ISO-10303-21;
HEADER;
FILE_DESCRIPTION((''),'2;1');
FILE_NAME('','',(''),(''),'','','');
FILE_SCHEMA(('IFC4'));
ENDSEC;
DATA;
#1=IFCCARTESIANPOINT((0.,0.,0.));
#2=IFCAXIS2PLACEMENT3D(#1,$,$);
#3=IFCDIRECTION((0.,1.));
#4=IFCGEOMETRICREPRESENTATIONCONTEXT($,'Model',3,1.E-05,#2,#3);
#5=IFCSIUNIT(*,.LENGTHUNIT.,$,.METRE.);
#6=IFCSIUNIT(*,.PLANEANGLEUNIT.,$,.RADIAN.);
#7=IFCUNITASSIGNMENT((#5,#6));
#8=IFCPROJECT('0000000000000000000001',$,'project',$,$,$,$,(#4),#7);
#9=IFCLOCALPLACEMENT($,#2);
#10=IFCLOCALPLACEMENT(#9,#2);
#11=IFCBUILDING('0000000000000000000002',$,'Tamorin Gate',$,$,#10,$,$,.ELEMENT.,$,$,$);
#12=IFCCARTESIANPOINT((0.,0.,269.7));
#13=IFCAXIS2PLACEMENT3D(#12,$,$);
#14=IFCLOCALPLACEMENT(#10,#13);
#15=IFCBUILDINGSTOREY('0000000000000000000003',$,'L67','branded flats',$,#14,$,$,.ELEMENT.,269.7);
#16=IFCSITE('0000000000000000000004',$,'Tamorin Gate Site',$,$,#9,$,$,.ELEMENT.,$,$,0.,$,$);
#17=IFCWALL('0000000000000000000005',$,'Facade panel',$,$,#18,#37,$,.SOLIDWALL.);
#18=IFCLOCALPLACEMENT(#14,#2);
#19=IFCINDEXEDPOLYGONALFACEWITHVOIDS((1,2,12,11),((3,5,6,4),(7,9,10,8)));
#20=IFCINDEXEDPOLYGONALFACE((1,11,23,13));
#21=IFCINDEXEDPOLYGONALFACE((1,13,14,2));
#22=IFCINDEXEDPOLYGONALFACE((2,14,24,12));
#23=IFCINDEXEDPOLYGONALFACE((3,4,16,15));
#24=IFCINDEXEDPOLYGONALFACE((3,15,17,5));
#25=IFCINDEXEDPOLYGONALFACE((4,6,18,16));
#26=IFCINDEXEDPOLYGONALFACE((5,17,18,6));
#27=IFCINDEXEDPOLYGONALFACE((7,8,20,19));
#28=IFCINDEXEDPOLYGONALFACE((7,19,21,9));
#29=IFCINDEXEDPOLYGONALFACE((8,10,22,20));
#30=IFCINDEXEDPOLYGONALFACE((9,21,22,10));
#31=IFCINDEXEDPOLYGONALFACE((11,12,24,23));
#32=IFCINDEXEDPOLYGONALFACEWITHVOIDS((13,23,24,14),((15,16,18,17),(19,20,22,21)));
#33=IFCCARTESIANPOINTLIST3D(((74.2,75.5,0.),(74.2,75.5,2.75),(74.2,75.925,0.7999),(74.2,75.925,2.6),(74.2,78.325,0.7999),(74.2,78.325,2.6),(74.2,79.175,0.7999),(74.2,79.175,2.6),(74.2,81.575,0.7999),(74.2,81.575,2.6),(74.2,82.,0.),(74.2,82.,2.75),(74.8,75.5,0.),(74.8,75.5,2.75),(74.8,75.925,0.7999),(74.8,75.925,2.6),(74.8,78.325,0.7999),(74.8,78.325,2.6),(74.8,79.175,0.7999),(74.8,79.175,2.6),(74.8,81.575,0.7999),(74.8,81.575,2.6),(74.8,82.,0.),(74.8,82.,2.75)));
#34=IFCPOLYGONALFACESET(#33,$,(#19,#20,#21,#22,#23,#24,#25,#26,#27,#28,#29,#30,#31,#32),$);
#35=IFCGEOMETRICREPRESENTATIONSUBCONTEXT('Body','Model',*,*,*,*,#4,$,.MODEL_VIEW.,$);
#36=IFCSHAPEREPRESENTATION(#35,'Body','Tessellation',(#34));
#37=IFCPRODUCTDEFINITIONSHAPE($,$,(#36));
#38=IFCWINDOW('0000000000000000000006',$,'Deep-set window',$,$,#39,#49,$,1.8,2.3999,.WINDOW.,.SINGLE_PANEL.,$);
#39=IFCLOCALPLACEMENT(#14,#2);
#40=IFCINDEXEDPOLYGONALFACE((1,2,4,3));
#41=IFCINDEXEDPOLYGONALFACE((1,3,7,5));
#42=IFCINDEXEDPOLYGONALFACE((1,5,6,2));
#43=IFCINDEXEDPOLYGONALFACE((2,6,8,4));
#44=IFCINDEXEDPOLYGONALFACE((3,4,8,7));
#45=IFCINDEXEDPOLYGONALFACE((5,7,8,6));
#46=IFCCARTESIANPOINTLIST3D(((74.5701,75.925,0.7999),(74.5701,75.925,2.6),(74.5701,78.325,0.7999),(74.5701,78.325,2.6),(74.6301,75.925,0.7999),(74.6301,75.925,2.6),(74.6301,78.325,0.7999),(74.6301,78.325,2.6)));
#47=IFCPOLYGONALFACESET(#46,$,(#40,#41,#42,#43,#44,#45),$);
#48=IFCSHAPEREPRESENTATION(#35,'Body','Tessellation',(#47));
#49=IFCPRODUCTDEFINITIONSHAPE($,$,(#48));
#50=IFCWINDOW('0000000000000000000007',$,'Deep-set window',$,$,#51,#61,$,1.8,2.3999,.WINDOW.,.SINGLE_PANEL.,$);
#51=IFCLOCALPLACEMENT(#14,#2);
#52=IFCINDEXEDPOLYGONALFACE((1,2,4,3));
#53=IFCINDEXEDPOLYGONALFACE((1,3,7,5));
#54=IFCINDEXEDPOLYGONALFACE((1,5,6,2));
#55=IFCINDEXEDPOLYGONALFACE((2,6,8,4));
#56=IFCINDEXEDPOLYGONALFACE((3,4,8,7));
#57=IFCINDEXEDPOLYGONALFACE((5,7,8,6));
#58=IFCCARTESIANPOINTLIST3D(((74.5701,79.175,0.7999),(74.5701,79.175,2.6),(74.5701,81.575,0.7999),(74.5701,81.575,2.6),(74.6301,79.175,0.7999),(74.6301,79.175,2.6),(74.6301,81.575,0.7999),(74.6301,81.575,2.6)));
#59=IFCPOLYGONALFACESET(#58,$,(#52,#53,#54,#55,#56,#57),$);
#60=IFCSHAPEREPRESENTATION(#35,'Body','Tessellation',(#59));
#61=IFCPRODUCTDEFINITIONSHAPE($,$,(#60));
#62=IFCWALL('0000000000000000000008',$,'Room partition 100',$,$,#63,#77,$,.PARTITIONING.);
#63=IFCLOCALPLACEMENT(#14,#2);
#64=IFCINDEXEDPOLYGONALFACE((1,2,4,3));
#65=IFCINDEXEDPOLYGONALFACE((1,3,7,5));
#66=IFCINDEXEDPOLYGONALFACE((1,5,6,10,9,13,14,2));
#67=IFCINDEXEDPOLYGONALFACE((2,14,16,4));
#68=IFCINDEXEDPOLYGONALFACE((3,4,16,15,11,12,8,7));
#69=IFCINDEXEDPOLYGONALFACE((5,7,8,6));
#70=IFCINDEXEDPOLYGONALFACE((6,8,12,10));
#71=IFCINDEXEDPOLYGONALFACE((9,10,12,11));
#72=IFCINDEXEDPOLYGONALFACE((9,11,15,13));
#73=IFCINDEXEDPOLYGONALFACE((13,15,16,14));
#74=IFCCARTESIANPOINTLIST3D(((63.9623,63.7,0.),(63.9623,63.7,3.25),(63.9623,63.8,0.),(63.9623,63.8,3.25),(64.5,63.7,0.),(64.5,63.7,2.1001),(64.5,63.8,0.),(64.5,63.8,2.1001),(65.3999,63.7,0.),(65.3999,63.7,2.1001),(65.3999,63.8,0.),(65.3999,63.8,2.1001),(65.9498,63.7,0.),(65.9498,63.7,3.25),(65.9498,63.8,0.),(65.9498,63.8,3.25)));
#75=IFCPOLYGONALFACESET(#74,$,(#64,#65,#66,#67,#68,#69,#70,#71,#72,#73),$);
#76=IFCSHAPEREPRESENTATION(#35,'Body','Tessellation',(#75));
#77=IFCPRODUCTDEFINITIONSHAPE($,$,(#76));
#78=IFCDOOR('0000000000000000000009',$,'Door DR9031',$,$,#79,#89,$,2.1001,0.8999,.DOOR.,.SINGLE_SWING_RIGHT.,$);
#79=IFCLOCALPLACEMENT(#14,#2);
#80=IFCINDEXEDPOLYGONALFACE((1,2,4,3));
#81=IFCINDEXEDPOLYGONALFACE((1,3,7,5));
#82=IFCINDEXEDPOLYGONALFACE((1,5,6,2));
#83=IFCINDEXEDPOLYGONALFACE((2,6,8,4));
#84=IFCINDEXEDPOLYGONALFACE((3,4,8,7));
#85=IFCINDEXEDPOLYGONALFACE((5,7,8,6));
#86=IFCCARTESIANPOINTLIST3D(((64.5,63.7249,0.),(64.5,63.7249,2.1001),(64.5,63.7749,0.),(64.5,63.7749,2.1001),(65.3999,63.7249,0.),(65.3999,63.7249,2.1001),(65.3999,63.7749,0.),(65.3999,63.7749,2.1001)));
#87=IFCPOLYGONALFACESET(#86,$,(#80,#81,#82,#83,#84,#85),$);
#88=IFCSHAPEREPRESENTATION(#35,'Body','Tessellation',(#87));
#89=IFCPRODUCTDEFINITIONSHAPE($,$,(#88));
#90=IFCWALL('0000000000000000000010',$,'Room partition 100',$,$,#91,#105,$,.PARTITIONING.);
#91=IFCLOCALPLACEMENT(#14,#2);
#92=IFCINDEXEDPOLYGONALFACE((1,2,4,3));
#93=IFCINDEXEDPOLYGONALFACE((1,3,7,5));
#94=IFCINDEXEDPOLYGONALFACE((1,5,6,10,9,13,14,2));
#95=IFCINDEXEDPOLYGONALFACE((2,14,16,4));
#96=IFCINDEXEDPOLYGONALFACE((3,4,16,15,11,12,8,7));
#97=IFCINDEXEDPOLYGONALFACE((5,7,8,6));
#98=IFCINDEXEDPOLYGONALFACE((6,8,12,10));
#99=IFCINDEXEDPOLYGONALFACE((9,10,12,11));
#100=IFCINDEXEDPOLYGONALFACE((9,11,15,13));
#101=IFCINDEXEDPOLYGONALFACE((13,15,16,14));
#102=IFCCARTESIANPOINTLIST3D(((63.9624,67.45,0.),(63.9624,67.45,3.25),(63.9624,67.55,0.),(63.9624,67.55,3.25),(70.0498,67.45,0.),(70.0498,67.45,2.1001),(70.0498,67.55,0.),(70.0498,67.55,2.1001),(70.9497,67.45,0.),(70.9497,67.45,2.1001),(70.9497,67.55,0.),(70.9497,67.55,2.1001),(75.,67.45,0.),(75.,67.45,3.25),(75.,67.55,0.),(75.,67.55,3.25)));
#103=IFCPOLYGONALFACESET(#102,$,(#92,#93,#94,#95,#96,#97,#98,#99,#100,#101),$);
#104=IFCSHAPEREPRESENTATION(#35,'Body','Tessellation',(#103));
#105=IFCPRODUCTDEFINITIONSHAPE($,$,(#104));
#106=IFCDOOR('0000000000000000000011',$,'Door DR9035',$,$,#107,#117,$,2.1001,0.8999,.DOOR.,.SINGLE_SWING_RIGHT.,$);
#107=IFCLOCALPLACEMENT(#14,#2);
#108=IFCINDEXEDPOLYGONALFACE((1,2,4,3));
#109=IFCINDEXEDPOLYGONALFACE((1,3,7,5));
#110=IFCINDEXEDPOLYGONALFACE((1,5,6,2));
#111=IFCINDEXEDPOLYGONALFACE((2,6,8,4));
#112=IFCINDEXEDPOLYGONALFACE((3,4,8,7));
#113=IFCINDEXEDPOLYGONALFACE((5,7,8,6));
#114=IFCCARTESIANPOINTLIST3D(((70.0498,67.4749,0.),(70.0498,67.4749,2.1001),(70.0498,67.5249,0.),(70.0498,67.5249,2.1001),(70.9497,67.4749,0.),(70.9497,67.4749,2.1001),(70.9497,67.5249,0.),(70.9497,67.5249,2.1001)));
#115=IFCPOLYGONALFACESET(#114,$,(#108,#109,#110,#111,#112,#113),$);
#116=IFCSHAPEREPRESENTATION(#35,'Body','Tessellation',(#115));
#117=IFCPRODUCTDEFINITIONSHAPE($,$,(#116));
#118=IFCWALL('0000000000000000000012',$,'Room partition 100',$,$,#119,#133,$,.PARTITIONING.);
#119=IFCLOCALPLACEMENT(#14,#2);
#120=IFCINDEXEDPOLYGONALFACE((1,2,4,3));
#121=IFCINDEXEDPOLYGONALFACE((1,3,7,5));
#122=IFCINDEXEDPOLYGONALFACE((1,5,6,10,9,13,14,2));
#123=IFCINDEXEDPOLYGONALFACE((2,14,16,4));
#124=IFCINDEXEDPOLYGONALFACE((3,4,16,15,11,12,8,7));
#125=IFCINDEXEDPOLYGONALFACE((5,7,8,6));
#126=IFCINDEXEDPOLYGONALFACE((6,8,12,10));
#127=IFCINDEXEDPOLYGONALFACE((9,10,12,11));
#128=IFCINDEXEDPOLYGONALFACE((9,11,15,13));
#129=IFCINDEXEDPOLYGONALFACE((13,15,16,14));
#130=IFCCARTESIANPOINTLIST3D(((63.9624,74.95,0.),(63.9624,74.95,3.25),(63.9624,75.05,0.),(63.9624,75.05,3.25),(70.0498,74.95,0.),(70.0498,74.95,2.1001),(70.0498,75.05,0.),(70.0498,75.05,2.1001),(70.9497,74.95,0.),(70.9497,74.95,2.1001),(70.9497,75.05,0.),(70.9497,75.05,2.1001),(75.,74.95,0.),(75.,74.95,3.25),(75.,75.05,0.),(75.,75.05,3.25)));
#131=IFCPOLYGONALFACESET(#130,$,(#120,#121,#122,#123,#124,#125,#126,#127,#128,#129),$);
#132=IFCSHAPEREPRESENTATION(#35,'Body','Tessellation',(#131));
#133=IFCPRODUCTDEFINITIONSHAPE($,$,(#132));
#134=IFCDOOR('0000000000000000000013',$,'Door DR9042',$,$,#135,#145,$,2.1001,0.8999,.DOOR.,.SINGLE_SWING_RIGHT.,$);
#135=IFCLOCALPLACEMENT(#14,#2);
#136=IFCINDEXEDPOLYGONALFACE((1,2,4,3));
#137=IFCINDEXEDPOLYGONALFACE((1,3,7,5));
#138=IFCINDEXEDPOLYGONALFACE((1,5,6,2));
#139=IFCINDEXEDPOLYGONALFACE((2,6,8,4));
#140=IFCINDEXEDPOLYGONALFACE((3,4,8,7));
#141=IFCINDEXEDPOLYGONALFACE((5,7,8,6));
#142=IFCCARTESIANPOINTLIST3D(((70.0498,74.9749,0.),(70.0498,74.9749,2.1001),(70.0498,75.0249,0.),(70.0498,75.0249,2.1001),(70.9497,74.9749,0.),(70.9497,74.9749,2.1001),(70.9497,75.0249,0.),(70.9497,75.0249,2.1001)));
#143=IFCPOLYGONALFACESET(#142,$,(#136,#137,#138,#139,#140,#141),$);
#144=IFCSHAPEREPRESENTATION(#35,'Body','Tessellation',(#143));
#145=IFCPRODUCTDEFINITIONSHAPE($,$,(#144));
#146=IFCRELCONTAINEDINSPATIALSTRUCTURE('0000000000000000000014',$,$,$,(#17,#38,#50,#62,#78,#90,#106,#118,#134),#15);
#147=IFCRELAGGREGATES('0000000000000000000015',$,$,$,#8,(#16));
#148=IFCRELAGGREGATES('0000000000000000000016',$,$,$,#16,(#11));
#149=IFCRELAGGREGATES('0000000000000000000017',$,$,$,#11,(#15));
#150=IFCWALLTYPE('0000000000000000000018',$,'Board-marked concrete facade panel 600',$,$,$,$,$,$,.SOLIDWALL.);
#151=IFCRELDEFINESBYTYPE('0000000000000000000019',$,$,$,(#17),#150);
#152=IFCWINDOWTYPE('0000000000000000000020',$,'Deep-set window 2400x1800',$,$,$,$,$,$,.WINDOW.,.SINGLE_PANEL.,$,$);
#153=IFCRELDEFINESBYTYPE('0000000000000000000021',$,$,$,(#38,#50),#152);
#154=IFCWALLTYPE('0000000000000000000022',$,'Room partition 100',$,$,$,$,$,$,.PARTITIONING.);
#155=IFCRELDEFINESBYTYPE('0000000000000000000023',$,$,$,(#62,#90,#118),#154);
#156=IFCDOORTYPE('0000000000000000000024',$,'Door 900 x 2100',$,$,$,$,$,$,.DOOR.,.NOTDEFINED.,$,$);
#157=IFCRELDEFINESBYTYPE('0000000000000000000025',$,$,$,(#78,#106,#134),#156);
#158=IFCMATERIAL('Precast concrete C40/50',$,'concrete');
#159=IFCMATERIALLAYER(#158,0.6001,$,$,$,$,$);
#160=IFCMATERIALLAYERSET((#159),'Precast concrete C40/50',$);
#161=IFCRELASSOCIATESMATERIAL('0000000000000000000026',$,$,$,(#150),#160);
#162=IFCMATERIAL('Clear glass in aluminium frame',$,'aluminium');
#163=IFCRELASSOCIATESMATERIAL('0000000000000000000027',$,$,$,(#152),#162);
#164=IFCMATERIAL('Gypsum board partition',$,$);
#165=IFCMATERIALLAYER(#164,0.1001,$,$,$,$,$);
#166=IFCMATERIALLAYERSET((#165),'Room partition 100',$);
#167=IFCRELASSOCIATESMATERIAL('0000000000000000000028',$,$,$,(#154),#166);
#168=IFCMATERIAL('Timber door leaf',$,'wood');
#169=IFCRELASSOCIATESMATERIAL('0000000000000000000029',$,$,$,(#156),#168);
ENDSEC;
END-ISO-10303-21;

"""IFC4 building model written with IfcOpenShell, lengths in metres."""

from ifc_helpers import new_model, si_unit, direction, frame, frame_2d, origin, place, context, subcontext, project, spatial, rectangle, extrude, material, layer, layer_set, type_object, element, fill, save


model = new_model("IFC4")

# Units and contexts
model_context = context("Model", 3, precision=1e-05, world=origin(), true_north=direction((0.0, 1.0)))
body_context = subcontext(model_context, "Body", "Model", "MODEL_VIEW")
ifc_project = project(units=[si_unit("LENGTHUNIT", "METRE"), si_unit("PLANEANGLEUNIT", "RADIAN")], contexts=[model_context])

# Site, building, storey
site_placement = place(None, origin())
site = spatial("IfcSite", under=ifc_project, at=site_placement, Name="Tamorin Gate Site", CompositionType="ELEMENT", RefElevation=0.0)
building_placement = place(site_placement, origin())
building = spatial("IfcBuilding", under=site, at=building_placement, Name="Tamorin Gate", CompositionType="ELEMENT")
storey_placement = place(building_placement, frame((0.0, 0.0, 269.7)))
storey = spatial("IfcBuildingStorey", under=building, at=storey_placement, Name="L67", Description="branded flats", CompositionType="ELEMENT", Elevation=269.7)

# Wall, openings, windows
ifc_material_1 = material(Name="Precast concrete C40/50", Category="concrete")
ifc_layer_1 = layer(ifc_material_1, 0.6001)
ifc_layer_set_1 = layer_set([ifc_layer_1], Name="Precast concrete C40/50")
wall_type_1 = type_object("IfcWallType", Name="Board-marked concrete facade panel 600", PredefinedType="SOLIDWALL", material=ifc_layer_set_1)
ifc_material_2 = material(Name="Clear glass in aluminium frame", Category="aluminium")
window_type = type_object("IfcWindowType", Name="Deep-set window 2400x1800", PartitioningType="SINGLE_PANEL", PredefinedType="WINDOW", material=ifc_material_2)
wall_1_placement = place(storey_placement, frame((74.5, 75.5, 0.0), z_axis=(0.0, 0.0, 1.0), x_axis=(0.0, 1.0, 0.0)))
wall_1 = element("IfcWall", 1, at=wall_1_placement, inside=storey, type_object=wall_type_1, Name="Facade panel", PredefinedType="SOLIDWALL", context=body_context, shape_type="SweptSolid", body=[
    extrude(rectangle(XDim=6.5, YDim=0.6001, at=frame_2d((3.25, 0.0))), origin(), (0.0, 0.0, 1.0), 2.75),
])
opening_1_placement = place(wall_1_placement, frame((0.425, 0.0, 0.8)))
opening_1 = element("IfcOpeningElement", 2, at=opening_1_placement, cuts=wall_1, PredefinedType="OPENING", context=body_context, shape_type="SweptSolid", body=[
    extrude(rectangle(XDim=2.3999, YDim=1.8, at=frame_2d((1.2, 0.8999))), frame((0.0, 0.3101, 0.0), z_axis=(0.0, -1.0, 0.0), x_axis=(1.0, 0.0, 0.0)), (0.0, 0.0, 1.0), 0.6201),
])
opening_2_placement = place(wall_1_placement, frame((3.675, 0.0, 0.8)))
opening_2 = element("IfcOpeningElement", 3, at=opening_2_placement, cuts=wall_1, PredefinedType="OPENING", context=body_context, shape_type="SweptSolid", body=[
    extrude(rectangle(XDim=2.3999, YDim=1.8, at=frame_2d((1.2, 0.8999))), frame((0.0, 0.3101, 0.0), z_axis=(0.0, -1.0, 0.0), x_axis=(1.0, 0.0, 0.0)), (0.0, 0.0, 1.0), 0.6201),
])
window_1_placement = place(opening_1_placement, origin())
window_1 = element("IfcWindow", 4, at=window_1_placement, inside=storey, type_object=window_type, Name="Deep-set window", OverallHeight=1.8, OverallWidth=2.3999, PartitioningType="SINGLE_PANEL", PredefinedType="WINDOW", context=body_context, shape_type="SweptSolid", body=[
    extrude(rectangle(XDim=2.3999, YDim=1.8, at=frame_2d((1.2, 0.8999))), frame((0.0, -0.0701, 0.0), z_axis=(0.0, -1.0, 0.0), x_axis=(1.0, 0.0, 0.0)), (0.0, 0.0, 1.0), 0.0601),
])
fill(opening_1, window_1)
window_2_placement = place(opening_2_placement, origin())
window_2 = element("IfcWindow", 5, at=window_2_placement, inside=storey, type_object=window_type, Name="Deep-set window", OverallHeight=1.8, OverallWidth=2.3999, PartitioningType="SINGLE_PANEL", PredefinedType="WINDOW", context=body_context, shape_type="SweptSolid", body=[
    extrude(rectangle(XDim=2.3999, YDim=1.8, at=frame_2d((1.2, 0.8999))), frame((0.0, -0.0701, 0.0), z_axis=(0.0, -1.0, 0.0), x_axis=(1.0, 0.0, 0.0)), (0.0, 0.0, 1.0), 0.0601),
])
fill(opening_2, window_2)

# Walls, openings, doors
ifc_material_3 = material(Name="Gypsum board partition")
ifc_layer_2 = layer(ifc_material_3, 0.1001)
ifc_layer_set_2 = layer_set([ifc_layer_2], Name="Room partition 100")
wall_type_2 = type_object("IfcWallType", Name="Room partition 100", PredefinedType="PARTITIONING", material=ifc_layer_set_2)
wall_2_placement = place(storey_placement, frame((63.9624, 63.75, 0.0), z_axis=(0.0, 0.0, 1.0), x_axis=(1.0, 0.0, 0.0)))
wall_2 = element("IfcWall", 6, at=wall_2_placement, inside=storey, type_object=wall_type_2, Name="Room partition 100", PredefinedType="PARTITIONING", context=body_context, shape_type="SweptSolid", body=[
    extrude(rectangle(XDim=1.9875, YDim=0.1001, at=frame_2d((0.9937, 0.0))), origin(), (0.0, 0.0, 1.0), 3.25),
])
opening_3_placement = place(wall_2_placement, frame((0.5376, 0.0, 0.0)))
opening_3 = element("IfcOpeningElement", 7, at=opening_3_placement, cuts=wall_2, PredefinedType="OPENING", context=body_context, shape_type="SweptSolid", body=[
    extrude(rectangle(XDim=0.8999, YDim=2.1001, at=frame_2d((0.45, 1.05))), frame((0.0, 0.0601, 0.0), z_axis=(0.0, -1.0, 0.0), x_axis=(1.0, 0.0, 0.0)), (0.0, 0.0, 1.0), 0.1201),
])
ifc_material_4 = material(Name="Timber door leaf", Category="wood")
door_type = type_object("IfcDoorType", Name="Door 900 x 2100", OperationType="NOTDEFINED", PredefinedType="DOOR", material=ifc_material_4)
door_1_placement = place(opening_3_placement, origin())
door_1 = element("IfcDoor", 8, at=door_1_placement, inside=storey, type_object=door_type, Name="Door DR9031", OperationType="SINGLE_SWING_RIGHT", OverallHeight=2.1001, OverallWidth=0.8999, PredefinedType="DOOR", context=body_context, shape_type="SweptSolid", body=[
    extrude(rectangle(XDim=0.8999, YDim=2.1001, at=frame_2d((0.45, 1.05))), frame((0.0, 0.0249, 0.0), z_axis=(0.0, -1.0, 0.0), x_axis=(1.0, 0.0, 0.0)), (0.0, 0.0, 1.0), 0.05),
])
fill(opening_3, door_1)
wall_3_placement = place(storey_placement, frame((63.9624, 67.5, 0.0), z_axis=(0.0, 0.0, 1.0), x_axis=(1.0, 0.0, 0.0)))
wall_3 = element("IfcWall", 9, at=wall_3_placement, inside=storey, type_object=wall_type_2, Name="Room partition 100", PredefinedType="PARTITIONING", context=body_context, shape_type="SweptSolid", body=[
    extrude(rectangle(XDim=11.0376, YDim=0.1001, at=frame_2d((5.5188, 0.0))), origin(), (0.0, 0.0, 1.0), 3.25),
])
opening_4_placement = place(wall_3_placement, frame((6.0874, 0.0, 0.0)))
opening_4 = element("IfcOpeningElement", 10, at=opening_4_placement, cuts=wall_3, PredefinedType="OPENING", context=body_context, shape_type="SweptSolid", body=[
    extrude(rectangle(XDim=0.8999, YDim=2.1001, at=frame_2d((0.45, 1.05))), frame((0.0, 0.0601, 0.0), z_axis=(0.0, -1.0, 0.0), x_axis=(1.0, 0.0, 0.0)), (0.0, 0.0, 1.0), 0.1201),
])
door_2_placement = place(opening_4_placement, origin())
door_2 = element("IfcDoor", 11, at=door_2_placement, inside=storey, type_object=door_type, Name="Door DR9035", OperationType="SINGLE_SWING_RIGHT", OverallHeight=2.1001, OverallWidth=0.8999, PredefinedType="DOOR", context=body_context, shape_type="SweptSolid", body=[
    extrude(rectangle(XDim=0.8999, YDim=2.1001, at=frame_2d((0.45, 1.05))), frame((0.0, 0.0249, 0.0), z_axis=(0.0, -1.0, 0.0), x_axis=(1.0, 0.0, 0.0)), (0.0, 0.0, 1.0), 0.05),
])
fill(opening_4, door_2)
wall_4_placement = place(storey_placement, frame((63.9624, 75.0, 0.0), z_axis=(0.0, 0.0, 1.0), x_axis=(1.0, 0.0, 0.0)))
wall_4 = element("IfcWall", 12, at=wall_4_placement, inside=storey, type_object=wall_type_2, Name="Room partition 100", PredefinedType="PARTITIONING", context=body_context, shape_type="SweptSolid", body=[
    extrude(rectangle(XDim=11.0376, YDim=0.1001, at=frame_2d((5.5188, 0.0))), origin(), (0.0, 0.0, 1.0), 3.25),
])
opening_5_placement = place(wall_4_placement, frame((6.0874, 0.0, 0.0)))
opening_5 = element("IfcOpeningElement", 13, at=opening_5_placement, cuts=wall_4, PredefinedType="OPENING", context=body_context, shape_type="SweptSolid", body=[
    extrude(rectangle(XDim=0.8999, YDim=2.1001, at=frame_2d((0.45, 1.05))), frame((0.0, 0.0601, 0.0), z_axis=(0.0, -1.0, 0.0), x_axis=(1.0, 0.0, 0.0)), (0.0, 0.0, 1.0), 0.1201),
])
door_3_placement = place(opening_5_placement, origin())
door_3 = element("IfcDoor", 14, at=door_3_placement, inside=storey, type_object=door_type, Name="Door DR9042", OperationType="SINGLE_SWING_RIGHT", OverallHeight=2.1001, OverallWidth=0.8999, PredefinedType="DOOR", context=body_context, shape_type="SweptSolid", body=[
    extrude(rectangle(XDim=0.8999, YDim=2.1001, at=frame_2d((0.45, 1.05))), frame((0.0, 0.0249, 0.0), z_axis=(0.0, -1.0, 0.0), x_axis=(1.0, 0.0, 0.0)), (0.0, 0.0, 1.0), 0.05),
])
fill(opening_5, door_3)

save(model, "model.ifc")
